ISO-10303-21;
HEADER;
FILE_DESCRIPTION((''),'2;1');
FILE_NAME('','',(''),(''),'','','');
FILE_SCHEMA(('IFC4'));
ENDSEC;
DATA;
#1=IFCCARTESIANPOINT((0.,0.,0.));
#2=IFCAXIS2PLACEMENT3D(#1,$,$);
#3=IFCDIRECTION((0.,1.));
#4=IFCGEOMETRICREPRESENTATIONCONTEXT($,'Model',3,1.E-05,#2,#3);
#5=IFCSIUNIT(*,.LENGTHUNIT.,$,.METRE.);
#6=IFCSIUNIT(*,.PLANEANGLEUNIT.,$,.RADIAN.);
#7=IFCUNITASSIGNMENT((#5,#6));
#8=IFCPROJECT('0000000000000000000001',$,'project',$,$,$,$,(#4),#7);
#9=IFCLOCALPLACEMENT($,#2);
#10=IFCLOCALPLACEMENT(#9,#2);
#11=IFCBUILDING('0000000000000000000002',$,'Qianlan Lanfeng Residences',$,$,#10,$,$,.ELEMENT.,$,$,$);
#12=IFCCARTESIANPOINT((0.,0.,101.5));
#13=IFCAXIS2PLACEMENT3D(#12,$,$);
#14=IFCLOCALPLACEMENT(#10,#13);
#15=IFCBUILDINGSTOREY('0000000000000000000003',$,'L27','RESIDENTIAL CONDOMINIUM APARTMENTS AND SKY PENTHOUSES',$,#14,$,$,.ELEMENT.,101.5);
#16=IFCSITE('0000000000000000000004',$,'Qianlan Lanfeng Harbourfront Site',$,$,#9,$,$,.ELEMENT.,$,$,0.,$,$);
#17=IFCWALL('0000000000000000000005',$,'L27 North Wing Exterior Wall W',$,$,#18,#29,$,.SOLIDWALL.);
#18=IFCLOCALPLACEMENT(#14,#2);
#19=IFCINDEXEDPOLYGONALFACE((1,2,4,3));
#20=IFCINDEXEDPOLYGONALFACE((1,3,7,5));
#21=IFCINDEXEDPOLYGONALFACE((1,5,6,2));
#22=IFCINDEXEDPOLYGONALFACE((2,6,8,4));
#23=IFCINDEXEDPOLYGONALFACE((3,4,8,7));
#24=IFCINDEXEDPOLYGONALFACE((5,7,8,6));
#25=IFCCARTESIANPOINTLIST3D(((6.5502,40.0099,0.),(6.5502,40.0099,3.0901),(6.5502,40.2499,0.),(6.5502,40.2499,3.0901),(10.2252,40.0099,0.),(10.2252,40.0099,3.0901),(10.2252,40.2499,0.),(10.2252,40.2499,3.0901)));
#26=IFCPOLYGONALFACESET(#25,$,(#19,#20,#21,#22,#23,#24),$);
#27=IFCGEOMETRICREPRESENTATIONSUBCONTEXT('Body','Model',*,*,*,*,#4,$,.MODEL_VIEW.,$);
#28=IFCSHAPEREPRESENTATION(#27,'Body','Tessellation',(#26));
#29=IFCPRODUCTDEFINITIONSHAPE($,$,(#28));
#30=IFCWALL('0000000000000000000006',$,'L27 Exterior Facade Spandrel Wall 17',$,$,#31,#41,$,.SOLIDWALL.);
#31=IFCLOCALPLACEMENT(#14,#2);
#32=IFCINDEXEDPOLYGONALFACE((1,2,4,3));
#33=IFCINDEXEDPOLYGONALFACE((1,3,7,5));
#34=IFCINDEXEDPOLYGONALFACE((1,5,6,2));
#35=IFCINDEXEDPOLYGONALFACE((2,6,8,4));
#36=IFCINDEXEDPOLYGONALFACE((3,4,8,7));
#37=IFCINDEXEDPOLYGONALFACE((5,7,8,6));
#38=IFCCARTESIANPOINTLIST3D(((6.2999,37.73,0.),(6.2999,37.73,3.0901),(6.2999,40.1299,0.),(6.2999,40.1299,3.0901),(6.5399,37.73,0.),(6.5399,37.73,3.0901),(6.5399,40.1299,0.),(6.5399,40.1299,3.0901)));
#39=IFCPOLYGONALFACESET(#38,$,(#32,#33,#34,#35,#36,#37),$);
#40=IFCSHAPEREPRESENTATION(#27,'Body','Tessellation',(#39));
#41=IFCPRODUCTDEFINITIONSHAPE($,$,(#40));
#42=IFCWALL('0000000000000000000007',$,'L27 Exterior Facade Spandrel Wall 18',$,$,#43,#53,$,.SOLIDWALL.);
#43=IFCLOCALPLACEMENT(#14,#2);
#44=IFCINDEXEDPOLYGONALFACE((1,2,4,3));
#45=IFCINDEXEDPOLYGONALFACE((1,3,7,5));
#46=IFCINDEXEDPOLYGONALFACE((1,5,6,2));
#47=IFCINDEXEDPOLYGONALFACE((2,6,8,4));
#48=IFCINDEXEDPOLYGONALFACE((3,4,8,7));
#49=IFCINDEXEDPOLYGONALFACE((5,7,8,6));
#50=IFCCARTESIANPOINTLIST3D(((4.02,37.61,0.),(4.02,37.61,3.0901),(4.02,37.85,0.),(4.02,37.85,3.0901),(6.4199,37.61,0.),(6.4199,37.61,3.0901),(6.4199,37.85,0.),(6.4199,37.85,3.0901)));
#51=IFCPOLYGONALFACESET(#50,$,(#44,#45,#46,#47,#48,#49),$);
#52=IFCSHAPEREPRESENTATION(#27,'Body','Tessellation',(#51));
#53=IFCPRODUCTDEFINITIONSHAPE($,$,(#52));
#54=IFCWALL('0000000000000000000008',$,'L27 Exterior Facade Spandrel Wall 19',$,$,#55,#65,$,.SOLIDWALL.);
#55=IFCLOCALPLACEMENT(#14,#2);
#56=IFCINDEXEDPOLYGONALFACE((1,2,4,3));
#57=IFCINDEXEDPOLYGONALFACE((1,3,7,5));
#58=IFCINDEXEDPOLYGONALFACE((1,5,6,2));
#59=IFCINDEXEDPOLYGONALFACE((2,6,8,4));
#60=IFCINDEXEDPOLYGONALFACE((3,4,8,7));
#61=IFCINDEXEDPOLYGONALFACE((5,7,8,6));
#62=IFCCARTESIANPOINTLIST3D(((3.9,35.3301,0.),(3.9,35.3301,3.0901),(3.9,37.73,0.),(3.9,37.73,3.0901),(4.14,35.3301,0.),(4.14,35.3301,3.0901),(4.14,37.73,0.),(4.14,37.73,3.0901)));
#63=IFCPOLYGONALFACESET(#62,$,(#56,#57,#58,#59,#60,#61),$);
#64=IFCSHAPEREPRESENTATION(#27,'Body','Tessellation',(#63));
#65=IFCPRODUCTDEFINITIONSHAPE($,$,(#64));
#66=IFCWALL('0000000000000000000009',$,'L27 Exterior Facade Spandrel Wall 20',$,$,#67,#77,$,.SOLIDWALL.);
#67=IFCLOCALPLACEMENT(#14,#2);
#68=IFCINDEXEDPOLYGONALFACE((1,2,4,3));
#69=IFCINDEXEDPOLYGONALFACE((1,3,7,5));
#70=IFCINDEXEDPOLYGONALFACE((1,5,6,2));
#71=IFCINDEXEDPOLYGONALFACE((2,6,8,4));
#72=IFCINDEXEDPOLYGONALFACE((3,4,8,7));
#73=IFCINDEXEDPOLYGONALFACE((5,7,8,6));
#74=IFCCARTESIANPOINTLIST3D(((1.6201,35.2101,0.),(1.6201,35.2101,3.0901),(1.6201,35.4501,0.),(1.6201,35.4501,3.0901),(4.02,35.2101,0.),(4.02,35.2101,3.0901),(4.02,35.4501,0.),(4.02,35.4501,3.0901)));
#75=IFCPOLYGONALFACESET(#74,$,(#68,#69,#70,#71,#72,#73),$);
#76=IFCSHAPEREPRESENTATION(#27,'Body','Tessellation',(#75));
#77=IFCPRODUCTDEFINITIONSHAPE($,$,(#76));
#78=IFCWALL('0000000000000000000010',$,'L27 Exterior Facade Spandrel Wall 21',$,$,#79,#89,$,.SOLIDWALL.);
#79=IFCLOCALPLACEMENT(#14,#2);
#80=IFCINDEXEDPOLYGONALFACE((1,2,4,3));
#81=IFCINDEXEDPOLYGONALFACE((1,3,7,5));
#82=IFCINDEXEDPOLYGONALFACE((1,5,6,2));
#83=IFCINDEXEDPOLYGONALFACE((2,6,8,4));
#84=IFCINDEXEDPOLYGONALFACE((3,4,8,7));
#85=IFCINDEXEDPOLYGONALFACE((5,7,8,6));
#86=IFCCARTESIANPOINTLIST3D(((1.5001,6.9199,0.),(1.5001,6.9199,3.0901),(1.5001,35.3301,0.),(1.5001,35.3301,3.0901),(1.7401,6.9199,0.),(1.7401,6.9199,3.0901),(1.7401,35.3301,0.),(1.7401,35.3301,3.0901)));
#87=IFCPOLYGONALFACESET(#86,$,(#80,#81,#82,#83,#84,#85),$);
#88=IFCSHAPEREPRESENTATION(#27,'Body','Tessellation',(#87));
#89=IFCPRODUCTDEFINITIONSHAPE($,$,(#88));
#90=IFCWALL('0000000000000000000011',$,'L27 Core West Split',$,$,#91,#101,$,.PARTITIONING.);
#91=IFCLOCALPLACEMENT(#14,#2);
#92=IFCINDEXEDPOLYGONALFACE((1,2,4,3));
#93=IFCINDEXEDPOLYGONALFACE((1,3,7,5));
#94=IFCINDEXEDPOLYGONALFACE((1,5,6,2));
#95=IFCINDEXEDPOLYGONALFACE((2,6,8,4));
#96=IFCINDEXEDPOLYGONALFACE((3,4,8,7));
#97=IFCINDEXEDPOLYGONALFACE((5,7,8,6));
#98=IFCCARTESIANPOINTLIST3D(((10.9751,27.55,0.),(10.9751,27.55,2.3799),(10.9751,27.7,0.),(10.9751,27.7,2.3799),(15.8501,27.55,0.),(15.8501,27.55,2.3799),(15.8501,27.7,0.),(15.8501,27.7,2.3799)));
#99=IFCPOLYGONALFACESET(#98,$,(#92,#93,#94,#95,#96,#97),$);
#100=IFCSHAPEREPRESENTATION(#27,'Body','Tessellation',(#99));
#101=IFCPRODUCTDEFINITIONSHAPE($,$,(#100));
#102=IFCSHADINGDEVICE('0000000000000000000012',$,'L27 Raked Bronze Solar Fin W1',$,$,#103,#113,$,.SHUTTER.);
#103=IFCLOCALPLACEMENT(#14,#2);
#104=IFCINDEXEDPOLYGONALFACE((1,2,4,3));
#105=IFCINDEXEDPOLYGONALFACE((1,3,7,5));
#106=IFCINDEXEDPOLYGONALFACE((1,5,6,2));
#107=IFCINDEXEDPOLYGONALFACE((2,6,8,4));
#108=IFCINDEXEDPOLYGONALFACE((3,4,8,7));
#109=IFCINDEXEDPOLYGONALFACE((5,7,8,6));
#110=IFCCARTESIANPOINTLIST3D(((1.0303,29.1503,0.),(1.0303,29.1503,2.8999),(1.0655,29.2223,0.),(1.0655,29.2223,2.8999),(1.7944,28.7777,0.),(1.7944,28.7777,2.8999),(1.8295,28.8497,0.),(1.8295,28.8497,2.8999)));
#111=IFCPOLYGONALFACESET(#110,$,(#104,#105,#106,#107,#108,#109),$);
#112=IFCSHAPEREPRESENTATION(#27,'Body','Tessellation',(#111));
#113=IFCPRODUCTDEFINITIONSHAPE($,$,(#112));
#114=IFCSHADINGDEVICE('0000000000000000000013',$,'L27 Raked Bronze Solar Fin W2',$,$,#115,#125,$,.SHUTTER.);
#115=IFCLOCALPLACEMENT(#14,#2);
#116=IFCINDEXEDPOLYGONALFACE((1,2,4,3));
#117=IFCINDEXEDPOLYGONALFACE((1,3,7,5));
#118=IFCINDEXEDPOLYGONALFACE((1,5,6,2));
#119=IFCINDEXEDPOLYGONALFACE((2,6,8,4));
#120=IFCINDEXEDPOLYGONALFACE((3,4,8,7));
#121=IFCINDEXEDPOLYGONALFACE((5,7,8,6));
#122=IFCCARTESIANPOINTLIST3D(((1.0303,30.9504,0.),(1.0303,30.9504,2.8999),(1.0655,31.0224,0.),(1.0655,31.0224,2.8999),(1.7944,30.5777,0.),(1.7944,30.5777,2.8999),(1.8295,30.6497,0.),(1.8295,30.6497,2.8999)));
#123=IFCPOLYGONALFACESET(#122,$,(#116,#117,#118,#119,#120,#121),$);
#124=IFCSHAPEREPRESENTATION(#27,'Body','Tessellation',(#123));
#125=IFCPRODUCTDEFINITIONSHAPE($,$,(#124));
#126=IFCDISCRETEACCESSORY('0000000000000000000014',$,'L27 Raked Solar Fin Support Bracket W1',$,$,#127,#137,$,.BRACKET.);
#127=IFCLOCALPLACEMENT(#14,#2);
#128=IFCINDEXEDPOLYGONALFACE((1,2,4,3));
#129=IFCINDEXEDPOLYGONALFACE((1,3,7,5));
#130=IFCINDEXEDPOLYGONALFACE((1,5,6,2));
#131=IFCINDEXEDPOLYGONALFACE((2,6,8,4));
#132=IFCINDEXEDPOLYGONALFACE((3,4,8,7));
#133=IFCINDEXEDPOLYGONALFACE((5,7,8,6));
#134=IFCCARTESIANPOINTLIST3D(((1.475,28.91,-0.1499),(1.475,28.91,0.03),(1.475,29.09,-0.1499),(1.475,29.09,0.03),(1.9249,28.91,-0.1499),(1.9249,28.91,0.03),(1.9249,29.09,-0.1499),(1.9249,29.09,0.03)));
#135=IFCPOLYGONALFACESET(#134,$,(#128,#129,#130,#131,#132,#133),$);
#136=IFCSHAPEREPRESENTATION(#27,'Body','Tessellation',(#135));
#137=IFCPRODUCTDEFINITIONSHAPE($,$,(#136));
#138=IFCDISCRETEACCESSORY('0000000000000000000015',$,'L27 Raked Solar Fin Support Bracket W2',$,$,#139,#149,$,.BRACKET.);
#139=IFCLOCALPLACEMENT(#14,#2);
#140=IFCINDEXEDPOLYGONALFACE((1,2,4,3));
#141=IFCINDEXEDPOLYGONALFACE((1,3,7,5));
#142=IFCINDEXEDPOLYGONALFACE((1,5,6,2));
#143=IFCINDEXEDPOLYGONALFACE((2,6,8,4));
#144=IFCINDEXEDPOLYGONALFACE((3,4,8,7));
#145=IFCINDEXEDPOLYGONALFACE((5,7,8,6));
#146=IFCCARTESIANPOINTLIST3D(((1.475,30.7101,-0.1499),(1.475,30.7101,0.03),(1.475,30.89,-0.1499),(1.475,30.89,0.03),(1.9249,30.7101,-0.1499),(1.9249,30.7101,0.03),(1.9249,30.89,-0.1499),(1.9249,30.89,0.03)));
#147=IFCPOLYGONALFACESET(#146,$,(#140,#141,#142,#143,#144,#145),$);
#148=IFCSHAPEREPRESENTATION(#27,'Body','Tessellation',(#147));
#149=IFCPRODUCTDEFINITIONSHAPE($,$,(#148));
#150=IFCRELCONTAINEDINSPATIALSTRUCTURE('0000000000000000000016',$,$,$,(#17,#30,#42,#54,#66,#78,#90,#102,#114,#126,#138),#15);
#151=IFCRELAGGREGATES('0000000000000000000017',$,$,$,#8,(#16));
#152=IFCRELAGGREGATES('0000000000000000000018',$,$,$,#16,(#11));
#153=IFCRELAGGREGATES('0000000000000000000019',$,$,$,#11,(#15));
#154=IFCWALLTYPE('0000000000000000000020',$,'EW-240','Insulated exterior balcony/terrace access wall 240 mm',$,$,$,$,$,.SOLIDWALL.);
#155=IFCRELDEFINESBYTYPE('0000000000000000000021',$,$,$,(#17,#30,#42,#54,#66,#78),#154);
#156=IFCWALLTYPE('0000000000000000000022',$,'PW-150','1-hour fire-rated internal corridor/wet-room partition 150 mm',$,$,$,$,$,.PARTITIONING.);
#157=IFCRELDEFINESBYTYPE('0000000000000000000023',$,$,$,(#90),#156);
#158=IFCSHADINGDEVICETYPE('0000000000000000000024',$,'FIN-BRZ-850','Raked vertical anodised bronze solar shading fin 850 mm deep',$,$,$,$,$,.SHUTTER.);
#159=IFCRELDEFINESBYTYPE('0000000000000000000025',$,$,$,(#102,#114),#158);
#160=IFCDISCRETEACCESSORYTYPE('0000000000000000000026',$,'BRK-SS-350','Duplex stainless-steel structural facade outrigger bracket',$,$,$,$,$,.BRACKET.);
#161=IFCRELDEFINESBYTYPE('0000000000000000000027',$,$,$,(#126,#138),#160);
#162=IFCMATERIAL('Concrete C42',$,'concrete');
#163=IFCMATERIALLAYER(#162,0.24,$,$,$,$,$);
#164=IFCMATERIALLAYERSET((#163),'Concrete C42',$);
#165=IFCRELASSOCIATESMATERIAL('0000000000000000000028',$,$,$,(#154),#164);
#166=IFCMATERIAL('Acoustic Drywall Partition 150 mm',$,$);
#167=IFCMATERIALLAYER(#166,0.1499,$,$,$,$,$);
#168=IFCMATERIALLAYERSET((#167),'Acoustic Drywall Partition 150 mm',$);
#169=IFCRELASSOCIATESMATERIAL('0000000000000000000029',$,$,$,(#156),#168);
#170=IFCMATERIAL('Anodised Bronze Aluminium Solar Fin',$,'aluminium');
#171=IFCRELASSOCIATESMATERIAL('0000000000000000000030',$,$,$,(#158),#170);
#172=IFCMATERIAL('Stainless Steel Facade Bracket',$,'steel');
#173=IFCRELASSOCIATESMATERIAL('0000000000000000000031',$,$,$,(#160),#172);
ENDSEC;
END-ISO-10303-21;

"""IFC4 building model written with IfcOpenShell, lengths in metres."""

from ifc_helpers import new_model, si_unit, direction, frame, frame_2d, origin, origin_2d, place, context, subcontext, project, spatial, rectangle, extrude, source, transform, mapped, material, layer, layer_set, type_object, element, save


model = new_model("IFC4")

# Units and contexts
model_context = context("Model", 3, precision=1e-05, world=origin(), true_north=direction((0.0, 1.0)))
body_context = subcontext(model_context, "Body", "Model", "MODEL_VIEW")
ifc_project = project(units=[si_unit("LENGTHUNIT", "METRE"), si_unit("PLANEANGLEUNIT", "RADIAN")], contexts=[model_context])

# Site, building, storey
site_placement = place(None, origin())
site = spatial("IfcSite", under=ifc_project, at=site_placement, Name="Qianlan Lanfeng Harbourfront Site", CompositionType="ELEMENT", RefElevation=0.0)
building_placement = place(site_placement, origin())
building = spatial("IfcBuilding", under=site, at=building_placement, Name="Qianlan Lanfeng Residences", CompositionType="ELEMENT")
storey_placement = place(building_placement, frame((0.0, 0.0, 101.5)))
storey = spatial("IfcBuildingStorey", under=building, at=storey_placement, Name="L27", Description="RESIDENTIAL CONDOMINIUM APARTMENTS AND SKY PENTHOUSES", CompositionType="ELEMENT", Elevation=101.5)

# Walls
ifc_material_1 = material(Name="Concrete C42", Category="concrete")
ifc_layer_1 = layer(ifc_material_1, 0.24)
ifc_layer_set_1 = layer_set([ifc_layer_1], Name="Concrete C42")
wall_type_1 = type_object("IfcWallType", Name="EW-240", Description="Insulated exterior balcony/terrace access wall 240 mm", PredefinedType="SOLIDWALL", material=ifc_layer_set_1)
wall_1_placement = place(storey_placement, frame((10.2251, 40.1299, 0.0), z_axis=(0.0, 0.0, 1.0), x_axis=(-1.0, 0.0, 0.0)))
element("IfcWall", 1, at=wall_1_placement, inside=storey, type_object=wall_type_1, Name="L27 North Wing Exterior Wall W", PredefinedType="SOLIDWALL", context=body_context, shape_type="SweptSolid", body=[
    extrude(rectangle(XDim=3.675, YDim=0.24, at=frame_2d((1.8374, 0.0))), origin(), (0.0, 0.0, 1.0), 3.0901),
])
for number, where, z_axis, x_axis, name in (
    (2, (6.4199, 40.1299, 0.0), (0.0, 0.0, 1.0), (0.0, -1.0, 0.0), "L27 Exterior Facade Spandrel Wall 17"),
    (3, (6.4199, 37.73, 0.0), (0.0, 0.0, 1.0), (-1.0, 0.0, 0.0), "L27 Exterior Facade Spandrel Wall 18"),
    (4, (4.02, 37.73, 0.0), (0.0, 0.0, 1.0), (0.0, -1.0, 0.0), "L27 Exterior Facade Spandrel Wall 19"),
    (5, (4.02, 35.3301, 0.0), (0.0, 0.0, 1.0), (-1.0, 0.0, 0.0), "L27 Exterior Facade Spandrel Wall 20"),
):
    element("IfcWall", number, at=place(storey_placement, frame(where, z_axis=z_axis, x_axis=x_axis)), inside=storey, type_object=wall_type_1, Name=name, PredefinedType="SOLIDWALL", context=body_context, shape_type="SweptSolid", body=[
        extrude(rectangle(XDim=2.3999, YDim=0.24, at=frame_2d((1.2, 0.0))), origin(), (0.0, 0.0, 1.0), 3.0901),
    ])
wall_2_placement = place(storey_placement, frame((1.6201, 35.3301, 0.0), z_axis=(0.0, 0.0, 1.0), x_axis=(0.0, -1.0, 0.0)))
element("IfcWall", 6, at=wall_2_placement, inside=storey, type_object=wall_type_1, Name="L27 Exterior Facade Spandrel Wall 21", PredefinedType="SOLIDWALL", context=body_context, shape_type="SweptSolid", body=[
    extrude(rectangle(XDim=28.4102, YDim=0.24, at=frame_2d((14.2051, 0.0))), origin(), (0.0, 0.0, 1.0), 3.0901),
])
ifc_material_2 = material(Name="Acoustic Drywall Partition 150 mm")
ifc_layer_2 = layer(ifc_material_2, 0.1499)
ifc_layer_set_2 = layer_set([ifc_layer_2], Name="Acoustic Drywall Partition 150 mm")
wall_type_2 = type_object("IfcWallType", Name="PW-150", Description="1-hour fire-rated internal corridor/wet-room partition 150 mm", PredefinedType="PARTITIONING", material=ifc_layer_set_2)
wall_3_placement = place(storey_placement, frame((10.9751, 27.625, 0.0), z_axis=(0.0, 0.0, 1.0), x_axis=(1.0, 0.0, 0.0)))
element("IfcWall", 7, at=wall_3_placement, inside=storey, type_object=wall_type_2, Name="L27 Core West Split", PredefinedType="PARTITIONING", context=body_context, shape_type="SweptSolid", body=[
    extrude(rectangle(XDim=4.875, YDim=0.1499, at=frame_2d((2.4375, 0.0))), origin(), (0.0, 0.0, 1.0), 2.3799),
])

# Shading devices
ifc_material_3 = material(Name="Anodised Bronze Aluminium Solar Fin", Category="aluminium")
shading_device_type = type_object("IfcShadingDeviceType", Name="FIN-BRZ-850", Description="Raked vertical anodised bronze solar shading fin 850 mm deep", PredefinedType="SHUTTER", material=ifc_material_3)
shared_shape_1 = source(origin(), body_context, "Body", "SweptSolid", [
    extrude(rectangle(XDim=0.8501, YDim=0.0801, at=origin_2d()), origin(), (0.0, 0.0, 1.0), 2.8999),
])
for number, where, z_axis, x_axis, name in (
    (8, (1.4299, 29.0, 0.0), (0.0, 0.0, 1.0), (0.898794, -0.438371, 0.0), "L27 Raked Bronze Solar Fin W1"),
    (9, (1.4299, 30.8, 0.0), (0.0, 0.0, 1.0), (0.898794, -0.438371, 0.0), "L27 Raked Bronze Solar Fin W2"),
):
    element("IfcShadingDevice", number, at=place(storey_placement, frame(where, z_axis=z_axis, x_axis=x_axis)), inside=storey, type_object=shading_device_type, Name=name, PredefinedType="SHUTTER", context=body_context, shape_type="MappedRepresentation", body=[
        mapped(shared_shape_1, transform((0.0, 0.0, 0.0), scale=1.0)),
    ])

# Discrete accessories
ifc_material_4 = material(Name="Stainless Steel Facade Bracket", Category="steel")
discrete_accessory_type = type_object("IfcDiscreteAccessoryType", Name="BRK-SS-350", Description="Duplex stainless-steel structural facade outrigger bracket", PredefinedType="BRACKET", material=ifc_material_4)
shared_shape_2 = source(origin(), body_context, "Body", "SweptSolid", [
    extrude(rectangle(XDim=0.45, YDim=0.1799, at=origin_2d()), origin(), (0.0, 0.0, 1.0), 0.1799),
])
for number, where, z_axis, x_axis, name in (
    (10, (1.7, 29.0, -0.1499), (0.0, 0.0, 1.0), (1.0, 0.0, 0.0), "L27 Raked Solar Fin Support Bracket W1"),
    (11, (1.7, 30.8, -0.1499), (0.0, 0.0, 1.0), (1.0, 0.0, 0.0), "L27 Raked Solar Fin Support Bracket W2"),
):
    element("IfcDiscreteAccessory", number, at=place(storey_placement, frame(where, z_axis=z_axis, x_axis=x_axis)), inside=storey, type_object=discrete_accessory_type, Name=name, PredefinedType="BRACKET", context=body_context, shape_type="MappedRepresentation", body=[
        mapped(shared_shape_2, transform((0.0, 0.0, 0.0), scale=1.0)),
    ])

save(model, "model.ifc")
